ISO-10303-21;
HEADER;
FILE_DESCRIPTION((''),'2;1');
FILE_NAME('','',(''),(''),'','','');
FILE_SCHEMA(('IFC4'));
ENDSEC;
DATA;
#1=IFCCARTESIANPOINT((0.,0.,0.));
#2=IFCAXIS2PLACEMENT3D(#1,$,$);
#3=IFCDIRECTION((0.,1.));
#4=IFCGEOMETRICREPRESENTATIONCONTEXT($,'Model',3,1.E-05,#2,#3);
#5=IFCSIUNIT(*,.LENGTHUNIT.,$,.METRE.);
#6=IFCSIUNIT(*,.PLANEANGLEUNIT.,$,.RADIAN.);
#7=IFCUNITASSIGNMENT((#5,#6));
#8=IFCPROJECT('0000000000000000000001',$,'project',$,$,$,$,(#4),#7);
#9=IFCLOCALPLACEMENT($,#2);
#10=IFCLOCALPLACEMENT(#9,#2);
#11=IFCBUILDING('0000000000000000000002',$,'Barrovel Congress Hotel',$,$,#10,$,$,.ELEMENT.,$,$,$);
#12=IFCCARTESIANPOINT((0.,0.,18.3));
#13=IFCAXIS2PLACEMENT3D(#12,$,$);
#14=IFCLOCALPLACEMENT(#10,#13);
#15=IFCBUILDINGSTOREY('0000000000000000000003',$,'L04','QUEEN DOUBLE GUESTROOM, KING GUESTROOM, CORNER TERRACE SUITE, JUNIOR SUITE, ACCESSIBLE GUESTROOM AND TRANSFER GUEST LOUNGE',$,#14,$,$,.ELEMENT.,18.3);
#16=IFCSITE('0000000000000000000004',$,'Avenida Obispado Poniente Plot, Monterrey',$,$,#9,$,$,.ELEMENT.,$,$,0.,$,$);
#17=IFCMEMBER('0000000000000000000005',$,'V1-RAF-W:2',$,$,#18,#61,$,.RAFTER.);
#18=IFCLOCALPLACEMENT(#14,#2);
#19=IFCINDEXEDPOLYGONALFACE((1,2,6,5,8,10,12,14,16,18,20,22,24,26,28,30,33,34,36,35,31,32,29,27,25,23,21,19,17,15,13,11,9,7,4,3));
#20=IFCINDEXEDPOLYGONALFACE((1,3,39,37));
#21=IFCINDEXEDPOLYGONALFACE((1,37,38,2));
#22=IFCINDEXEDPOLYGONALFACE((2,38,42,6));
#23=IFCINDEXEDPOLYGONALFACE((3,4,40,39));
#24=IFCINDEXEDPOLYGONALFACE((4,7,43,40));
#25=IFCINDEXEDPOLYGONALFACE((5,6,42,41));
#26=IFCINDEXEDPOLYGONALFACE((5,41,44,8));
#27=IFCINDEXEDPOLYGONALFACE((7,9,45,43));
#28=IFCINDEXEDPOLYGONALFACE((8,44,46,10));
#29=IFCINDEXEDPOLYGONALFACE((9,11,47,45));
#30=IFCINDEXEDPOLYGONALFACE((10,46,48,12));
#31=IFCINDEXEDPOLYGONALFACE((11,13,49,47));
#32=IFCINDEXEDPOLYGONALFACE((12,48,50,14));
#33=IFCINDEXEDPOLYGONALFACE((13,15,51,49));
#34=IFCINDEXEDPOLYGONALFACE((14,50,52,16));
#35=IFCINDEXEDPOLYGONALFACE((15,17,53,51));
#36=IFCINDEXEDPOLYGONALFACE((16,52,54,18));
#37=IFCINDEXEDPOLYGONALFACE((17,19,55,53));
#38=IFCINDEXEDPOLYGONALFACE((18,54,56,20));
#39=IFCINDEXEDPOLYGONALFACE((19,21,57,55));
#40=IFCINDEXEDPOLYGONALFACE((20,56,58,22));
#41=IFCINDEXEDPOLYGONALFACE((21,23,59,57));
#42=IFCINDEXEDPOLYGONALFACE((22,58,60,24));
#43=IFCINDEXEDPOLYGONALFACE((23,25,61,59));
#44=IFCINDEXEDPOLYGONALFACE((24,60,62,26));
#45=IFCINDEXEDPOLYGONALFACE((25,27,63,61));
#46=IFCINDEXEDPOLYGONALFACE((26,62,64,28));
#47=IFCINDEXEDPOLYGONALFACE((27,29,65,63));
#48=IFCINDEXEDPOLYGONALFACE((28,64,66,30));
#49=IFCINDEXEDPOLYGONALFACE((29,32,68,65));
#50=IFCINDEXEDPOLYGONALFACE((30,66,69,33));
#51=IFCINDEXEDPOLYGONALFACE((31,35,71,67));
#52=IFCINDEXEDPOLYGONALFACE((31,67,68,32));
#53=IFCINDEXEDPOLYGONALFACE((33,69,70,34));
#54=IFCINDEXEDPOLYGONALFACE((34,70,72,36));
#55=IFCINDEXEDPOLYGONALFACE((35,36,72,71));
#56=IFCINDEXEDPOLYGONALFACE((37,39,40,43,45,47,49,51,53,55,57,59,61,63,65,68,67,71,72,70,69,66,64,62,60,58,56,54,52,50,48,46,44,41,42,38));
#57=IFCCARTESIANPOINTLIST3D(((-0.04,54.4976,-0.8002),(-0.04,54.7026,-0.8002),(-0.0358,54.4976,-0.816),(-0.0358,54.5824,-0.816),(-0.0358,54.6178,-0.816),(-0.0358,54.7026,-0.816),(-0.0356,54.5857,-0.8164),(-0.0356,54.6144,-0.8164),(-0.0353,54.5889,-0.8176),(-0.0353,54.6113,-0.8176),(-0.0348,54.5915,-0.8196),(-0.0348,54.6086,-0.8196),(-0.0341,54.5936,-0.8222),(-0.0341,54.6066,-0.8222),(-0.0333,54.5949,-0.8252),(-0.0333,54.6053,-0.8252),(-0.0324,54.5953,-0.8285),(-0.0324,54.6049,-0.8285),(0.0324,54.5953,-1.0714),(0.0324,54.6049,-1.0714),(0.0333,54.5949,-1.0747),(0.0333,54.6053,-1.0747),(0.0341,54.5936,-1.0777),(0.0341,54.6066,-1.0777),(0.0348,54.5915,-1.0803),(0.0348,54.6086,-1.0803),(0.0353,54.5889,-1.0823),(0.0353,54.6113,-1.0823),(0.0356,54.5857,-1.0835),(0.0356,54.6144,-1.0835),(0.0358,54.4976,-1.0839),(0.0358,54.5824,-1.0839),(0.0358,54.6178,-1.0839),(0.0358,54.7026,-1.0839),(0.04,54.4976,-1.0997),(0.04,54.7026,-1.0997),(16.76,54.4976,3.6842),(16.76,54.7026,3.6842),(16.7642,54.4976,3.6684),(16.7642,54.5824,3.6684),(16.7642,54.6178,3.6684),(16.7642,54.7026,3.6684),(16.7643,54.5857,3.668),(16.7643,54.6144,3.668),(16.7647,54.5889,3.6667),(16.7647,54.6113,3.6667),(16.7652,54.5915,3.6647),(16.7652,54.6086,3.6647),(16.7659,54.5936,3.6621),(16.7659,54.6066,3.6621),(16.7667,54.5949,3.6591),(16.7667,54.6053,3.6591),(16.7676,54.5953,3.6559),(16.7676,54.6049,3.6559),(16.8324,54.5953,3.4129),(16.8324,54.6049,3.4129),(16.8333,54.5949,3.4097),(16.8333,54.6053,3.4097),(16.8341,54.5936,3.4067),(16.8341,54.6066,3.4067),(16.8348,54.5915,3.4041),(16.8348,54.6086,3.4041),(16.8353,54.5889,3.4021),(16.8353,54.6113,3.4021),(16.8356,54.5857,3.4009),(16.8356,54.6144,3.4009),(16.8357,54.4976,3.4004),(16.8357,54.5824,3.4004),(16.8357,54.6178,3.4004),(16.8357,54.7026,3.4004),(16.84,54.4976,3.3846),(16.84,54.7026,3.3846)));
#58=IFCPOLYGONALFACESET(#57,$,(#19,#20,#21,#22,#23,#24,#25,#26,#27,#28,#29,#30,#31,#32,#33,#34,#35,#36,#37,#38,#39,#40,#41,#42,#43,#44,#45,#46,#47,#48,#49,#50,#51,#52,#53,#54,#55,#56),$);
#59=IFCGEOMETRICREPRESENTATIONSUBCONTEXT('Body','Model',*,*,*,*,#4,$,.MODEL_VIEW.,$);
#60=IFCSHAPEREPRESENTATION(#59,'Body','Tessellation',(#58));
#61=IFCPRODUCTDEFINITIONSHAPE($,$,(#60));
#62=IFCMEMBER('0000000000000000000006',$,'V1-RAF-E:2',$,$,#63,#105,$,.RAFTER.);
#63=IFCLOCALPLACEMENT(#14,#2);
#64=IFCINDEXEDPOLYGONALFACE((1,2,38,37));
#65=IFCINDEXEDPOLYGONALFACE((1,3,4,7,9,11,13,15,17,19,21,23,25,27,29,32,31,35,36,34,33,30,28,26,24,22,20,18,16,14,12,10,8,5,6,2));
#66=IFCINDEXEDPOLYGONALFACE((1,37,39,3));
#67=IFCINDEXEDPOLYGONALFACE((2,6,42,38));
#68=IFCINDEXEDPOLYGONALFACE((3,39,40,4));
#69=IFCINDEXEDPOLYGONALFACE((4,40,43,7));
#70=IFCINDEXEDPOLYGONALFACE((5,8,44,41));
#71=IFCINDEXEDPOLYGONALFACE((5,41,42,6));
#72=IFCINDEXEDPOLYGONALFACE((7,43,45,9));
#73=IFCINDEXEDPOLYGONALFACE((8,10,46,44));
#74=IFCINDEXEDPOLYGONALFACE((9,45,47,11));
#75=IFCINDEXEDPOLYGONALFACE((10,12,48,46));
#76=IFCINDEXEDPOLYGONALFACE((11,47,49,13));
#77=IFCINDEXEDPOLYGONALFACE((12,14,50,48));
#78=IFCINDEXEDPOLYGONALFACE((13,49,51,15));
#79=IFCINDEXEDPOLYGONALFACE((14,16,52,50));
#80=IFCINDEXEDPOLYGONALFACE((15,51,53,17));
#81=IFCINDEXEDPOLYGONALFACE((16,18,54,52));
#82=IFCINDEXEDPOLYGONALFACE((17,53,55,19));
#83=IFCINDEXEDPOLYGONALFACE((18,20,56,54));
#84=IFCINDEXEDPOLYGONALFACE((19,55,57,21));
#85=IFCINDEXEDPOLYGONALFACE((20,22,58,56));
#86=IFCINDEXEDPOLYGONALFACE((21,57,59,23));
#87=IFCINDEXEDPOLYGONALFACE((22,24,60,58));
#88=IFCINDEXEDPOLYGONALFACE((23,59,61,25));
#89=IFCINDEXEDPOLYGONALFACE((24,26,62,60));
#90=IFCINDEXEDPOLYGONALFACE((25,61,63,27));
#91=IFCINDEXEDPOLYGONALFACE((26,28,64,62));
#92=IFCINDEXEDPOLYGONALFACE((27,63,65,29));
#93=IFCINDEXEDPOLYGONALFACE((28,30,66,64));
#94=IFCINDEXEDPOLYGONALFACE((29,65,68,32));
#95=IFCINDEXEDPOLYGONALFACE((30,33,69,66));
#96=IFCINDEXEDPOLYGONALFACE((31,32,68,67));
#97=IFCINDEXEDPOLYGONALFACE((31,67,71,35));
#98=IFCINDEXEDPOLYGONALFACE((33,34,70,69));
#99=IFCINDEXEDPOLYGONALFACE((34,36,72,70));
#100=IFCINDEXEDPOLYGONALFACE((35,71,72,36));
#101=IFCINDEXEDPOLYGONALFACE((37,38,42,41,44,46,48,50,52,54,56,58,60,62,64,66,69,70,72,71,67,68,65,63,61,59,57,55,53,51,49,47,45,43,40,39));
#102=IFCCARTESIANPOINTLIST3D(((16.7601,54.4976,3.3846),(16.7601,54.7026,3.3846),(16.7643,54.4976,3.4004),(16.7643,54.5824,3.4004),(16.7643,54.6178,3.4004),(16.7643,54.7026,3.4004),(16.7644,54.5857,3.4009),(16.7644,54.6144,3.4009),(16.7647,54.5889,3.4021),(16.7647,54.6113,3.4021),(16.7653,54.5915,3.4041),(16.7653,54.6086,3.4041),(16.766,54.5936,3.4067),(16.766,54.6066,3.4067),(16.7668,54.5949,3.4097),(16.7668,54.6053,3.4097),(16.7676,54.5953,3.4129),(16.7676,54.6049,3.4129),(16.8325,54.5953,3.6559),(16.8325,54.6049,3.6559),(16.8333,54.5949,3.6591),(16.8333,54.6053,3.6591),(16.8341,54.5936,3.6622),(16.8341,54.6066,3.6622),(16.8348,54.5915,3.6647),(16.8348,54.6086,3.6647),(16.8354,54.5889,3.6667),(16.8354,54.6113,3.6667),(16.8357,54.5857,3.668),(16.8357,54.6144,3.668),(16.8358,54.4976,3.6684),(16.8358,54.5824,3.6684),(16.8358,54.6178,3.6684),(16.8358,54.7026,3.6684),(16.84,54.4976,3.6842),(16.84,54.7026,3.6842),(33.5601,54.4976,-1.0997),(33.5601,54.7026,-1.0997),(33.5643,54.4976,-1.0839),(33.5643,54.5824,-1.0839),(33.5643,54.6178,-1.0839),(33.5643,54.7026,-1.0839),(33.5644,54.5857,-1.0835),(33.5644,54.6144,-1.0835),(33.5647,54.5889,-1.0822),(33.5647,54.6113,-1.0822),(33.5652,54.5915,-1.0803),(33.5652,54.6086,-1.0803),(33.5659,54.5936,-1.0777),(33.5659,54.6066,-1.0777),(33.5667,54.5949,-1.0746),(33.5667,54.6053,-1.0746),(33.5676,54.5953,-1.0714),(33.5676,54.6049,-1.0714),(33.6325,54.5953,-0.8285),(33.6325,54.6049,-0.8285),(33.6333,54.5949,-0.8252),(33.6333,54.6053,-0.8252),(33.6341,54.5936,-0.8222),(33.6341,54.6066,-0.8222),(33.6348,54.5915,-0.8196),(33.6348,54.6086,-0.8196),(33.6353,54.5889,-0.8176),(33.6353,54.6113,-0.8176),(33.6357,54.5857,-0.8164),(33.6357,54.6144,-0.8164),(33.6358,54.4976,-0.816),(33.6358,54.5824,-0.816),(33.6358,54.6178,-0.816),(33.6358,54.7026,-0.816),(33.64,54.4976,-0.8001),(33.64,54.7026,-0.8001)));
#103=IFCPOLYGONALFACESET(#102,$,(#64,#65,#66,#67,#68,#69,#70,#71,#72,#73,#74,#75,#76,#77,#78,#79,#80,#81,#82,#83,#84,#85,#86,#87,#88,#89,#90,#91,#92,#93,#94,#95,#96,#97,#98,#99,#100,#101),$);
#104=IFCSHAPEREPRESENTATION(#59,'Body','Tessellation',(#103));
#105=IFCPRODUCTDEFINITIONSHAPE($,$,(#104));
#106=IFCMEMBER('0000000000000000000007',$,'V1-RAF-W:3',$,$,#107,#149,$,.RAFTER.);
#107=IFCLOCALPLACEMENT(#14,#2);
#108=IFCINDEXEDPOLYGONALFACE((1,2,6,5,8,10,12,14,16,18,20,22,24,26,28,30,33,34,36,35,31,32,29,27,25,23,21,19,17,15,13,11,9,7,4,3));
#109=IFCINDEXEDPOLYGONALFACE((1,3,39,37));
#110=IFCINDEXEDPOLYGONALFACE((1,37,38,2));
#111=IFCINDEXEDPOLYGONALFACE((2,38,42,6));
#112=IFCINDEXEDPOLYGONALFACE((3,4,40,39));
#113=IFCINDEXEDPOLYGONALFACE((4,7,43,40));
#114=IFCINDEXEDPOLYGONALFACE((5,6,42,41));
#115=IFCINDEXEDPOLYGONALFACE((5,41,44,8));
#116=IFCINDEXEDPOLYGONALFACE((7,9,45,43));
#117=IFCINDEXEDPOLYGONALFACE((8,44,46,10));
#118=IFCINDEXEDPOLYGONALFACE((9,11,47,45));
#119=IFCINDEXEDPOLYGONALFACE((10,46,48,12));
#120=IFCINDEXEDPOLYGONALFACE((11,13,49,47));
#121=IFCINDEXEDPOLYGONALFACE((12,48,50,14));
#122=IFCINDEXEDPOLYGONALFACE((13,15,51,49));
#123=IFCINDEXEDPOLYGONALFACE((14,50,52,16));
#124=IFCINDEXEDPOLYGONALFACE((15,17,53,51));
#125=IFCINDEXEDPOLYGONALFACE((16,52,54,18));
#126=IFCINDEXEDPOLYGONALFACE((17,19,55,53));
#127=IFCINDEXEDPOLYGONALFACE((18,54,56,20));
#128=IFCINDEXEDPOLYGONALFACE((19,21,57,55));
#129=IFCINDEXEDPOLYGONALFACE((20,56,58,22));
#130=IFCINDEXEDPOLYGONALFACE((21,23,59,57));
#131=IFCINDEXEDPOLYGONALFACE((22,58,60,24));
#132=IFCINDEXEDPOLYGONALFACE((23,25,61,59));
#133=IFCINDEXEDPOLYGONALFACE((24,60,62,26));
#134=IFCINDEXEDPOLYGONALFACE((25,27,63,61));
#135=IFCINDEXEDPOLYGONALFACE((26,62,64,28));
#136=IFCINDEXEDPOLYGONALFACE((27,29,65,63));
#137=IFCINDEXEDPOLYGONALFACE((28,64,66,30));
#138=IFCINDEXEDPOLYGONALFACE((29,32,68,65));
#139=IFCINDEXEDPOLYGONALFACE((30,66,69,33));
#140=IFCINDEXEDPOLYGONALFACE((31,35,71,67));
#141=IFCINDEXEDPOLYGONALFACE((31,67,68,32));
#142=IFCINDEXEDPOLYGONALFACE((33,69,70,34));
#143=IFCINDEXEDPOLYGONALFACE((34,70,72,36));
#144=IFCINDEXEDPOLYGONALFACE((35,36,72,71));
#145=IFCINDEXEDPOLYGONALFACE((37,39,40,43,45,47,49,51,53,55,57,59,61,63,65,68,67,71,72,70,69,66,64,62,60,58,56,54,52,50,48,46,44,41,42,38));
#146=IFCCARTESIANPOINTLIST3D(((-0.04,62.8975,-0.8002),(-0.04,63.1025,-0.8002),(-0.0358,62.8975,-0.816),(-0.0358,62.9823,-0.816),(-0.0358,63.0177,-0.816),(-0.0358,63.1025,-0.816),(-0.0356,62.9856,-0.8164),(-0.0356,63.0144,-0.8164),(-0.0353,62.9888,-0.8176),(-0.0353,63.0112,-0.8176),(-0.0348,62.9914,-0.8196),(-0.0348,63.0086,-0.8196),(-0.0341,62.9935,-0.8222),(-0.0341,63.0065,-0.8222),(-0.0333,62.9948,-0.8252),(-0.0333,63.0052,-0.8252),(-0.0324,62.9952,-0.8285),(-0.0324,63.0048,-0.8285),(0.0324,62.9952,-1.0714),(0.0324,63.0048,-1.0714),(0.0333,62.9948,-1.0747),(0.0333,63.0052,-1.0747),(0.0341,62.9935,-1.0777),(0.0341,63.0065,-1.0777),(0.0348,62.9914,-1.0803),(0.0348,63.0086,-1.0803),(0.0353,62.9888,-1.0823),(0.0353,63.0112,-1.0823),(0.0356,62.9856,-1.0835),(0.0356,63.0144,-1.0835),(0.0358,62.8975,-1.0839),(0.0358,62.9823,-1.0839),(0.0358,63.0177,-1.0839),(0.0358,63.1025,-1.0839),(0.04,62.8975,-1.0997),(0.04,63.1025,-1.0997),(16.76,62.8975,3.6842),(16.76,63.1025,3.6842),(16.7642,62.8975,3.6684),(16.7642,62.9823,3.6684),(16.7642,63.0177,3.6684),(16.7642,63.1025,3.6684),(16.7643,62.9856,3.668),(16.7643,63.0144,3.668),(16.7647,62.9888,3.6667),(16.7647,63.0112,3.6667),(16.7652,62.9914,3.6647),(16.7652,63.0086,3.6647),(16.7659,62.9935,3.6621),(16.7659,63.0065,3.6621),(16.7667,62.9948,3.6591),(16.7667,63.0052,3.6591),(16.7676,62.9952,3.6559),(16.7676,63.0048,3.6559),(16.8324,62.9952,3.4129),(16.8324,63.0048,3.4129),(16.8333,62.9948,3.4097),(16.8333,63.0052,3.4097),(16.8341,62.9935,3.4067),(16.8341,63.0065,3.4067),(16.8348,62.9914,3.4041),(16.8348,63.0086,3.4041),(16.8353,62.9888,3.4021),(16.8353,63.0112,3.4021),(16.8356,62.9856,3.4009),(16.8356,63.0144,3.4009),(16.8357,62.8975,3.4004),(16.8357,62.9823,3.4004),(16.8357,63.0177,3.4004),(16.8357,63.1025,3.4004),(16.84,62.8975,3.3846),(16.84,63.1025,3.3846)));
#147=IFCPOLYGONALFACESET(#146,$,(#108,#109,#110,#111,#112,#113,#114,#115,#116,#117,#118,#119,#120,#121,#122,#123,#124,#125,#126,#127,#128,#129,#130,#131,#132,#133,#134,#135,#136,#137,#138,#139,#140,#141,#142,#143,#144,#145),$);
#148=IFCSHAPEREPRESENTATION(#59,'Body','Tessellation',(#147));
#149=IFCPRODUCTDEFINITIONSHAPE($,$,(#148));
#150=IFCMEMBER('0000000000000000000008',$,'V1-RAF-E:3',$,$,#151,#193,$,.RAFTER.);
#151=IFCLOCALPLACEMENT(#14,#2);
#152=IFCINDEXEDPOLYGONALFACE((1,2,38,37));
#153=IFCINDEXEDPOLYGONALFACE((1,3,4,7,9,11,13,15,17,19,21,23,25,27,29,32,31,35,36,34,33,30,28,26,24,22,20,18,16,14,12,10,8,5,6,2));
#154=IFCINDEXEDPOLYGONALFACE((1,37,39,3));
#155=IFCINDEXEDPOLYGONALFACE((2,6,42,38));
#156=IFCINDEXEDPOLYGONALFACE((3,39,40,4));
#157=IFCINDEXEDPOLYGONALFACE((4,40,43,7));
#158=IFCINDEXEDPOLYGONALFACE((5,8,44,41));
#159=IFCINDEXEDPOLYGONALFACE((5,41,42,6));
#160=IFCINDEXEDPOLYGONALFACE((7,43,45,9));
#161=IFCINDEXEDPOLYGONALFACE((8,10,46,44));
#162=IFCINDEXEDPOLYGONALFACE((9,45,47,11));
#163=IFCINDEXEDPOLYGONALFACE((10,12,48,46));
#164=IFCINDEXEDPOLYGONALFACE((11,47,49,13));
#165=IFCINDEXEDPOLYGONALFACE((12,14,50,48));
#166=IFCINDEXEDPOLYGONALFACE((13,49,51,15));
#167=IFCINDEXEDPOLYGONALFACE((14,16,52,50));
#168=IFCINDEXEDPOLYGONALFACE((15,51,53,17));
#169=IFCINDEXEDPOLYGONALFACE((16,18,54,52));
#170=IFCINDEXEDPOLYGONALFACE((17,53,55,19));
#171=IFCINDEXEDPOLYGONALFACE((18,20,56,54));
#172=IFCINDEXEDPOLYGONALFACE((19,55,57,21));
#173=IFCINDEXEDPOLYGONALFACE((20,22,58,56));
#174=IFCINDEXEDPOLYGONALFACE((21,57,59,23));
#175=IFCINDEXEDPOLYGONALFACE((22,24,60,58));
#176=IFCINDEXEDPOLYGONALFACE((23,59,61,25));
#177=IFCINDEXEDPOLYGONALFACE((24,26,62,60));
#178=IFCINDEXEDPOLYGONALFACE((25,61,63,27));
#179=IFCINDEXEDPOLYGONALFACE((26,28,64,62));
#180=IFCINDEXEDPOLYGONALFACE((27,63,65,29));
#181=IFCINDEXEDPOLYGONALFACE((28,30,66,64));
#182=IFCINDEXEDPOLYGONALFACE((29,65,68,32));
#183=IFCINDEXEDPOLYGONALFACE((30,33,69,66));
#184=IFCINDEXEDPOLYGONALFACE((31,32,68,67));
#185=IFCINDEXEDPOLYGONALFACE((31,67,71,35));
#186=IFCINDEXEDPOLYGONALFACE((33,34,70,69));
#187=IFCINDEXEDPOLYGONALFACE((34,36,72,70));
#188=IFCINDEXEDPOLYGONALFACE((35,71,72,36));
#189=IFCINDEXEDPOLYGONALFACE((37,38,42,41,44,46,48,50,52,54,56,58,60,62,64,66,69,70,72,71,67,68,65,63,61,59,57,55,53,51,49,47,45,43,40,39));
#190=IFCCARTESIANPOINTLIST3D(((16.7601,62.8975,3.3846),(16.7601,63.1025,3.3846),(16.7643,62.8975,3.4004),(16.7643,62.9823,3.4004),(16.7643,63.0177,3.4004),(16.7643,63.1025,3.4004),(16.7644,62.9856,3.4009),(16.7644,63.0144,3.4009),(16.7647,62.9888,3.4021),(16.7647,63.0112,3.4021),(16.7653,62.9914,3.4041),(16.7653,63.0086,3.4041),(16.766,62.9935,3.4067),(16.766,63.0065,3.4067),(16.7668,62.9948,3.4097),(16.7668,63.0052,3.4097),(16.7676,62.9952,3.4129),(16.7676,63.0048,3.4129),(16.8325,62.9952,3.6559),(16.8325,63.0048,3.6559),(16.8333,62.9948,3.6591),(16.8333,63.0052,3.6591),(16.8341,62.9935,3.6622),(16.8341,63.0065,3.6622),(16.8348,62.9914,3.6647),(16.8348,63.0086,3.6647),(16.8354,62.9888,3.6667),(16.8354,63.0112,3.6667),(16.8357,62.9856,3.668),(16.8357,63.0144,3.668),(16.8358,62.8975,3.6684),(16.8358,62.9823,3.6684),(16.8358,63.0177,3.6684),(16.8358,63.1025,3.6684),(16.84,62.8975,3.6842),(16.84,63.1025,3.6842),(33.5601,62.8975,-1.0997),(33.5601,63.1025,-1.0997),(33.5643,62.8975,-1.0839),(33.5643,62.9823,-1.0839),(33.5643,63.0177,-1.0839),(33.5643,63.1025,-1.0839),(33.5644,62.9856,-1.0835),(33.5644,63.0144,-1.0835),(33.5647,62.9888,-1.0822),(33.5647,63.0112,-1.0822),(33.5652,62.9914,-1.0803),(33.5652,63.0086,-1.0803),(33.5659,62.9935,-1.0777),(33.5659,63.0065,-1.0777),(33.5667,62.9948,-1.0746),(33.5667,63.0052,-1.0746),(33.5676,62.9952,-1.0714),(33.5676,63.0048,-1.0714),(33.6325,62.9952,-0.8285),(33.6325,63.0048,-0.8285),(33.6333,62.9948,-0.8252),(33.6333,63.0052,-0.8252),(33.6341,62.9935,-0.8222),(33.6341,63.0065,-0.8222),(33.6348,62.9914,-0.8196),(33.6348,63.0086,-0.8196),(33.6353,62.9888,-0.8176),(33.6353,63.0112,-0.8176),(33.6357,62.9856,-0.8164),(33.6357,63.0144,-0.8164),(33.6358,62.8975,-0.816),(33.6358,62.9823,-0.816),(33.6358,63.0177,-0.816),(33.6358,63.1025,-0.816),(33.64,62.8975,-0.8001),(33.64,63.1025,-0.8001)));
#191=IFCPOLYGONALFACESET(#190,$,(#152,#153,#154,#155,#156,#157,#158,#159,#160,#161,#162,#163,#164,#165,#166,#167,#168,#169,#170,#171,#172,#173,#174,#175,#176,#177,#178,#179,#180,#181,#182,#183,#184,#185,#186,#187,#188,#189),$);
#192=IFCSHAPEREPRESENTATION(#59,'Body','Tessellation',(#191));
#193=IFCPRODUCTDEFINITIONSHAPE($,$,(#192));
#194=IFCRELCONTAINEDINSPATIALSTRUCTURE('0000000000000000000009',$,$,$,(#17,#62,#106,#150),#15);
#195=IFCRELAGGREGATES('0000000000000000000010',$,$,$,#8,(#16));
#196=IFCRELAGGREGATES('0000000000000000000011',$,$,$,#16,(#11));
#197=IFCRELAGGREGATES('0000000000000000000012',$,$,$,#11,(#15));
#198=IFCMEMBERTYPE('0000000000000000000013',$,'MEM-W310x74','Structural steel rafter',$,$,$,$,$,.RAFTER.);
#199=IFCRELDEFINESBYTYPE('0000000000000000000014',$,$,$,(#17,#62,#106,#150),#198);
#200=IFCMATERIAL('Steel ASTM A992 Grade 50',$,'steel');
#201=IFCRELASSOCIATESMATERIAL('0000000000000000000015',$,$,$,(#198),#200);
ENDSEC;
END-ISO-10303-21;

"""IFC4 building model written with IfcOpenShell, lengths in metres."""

from ifc_helpers import new_model, si_unit, direction, frame, origin, origin_2d, place, context, subcontext, project, spatial, i_section, extrude, material, material_profile, profile_set, type_object, element, save


model = new_model("IFC4")

# Units and contexts
model_context = context("Model", 3, precision=1e-05, world=origin(), true_north=direction((0.0, 1.0)))
body_context = subcontext(model_context, "Body", "Model", "MODEL_VIEW")
ifc_project = project(units=[si_unit("LENGTHUNIT", "METRE"), si_unit("PLANEANGLEUNIT", "RADIAN")], contexts=[model_context])

# Site, building, storey
site_placement = place(None, origin())
site = spatial("IfcSite", under=ifc_project, at=site_placement, Name="Avenida Obispado Poniente Plot, Monterrey", CompositionType="ELEMENT", RefElevation=0.0)
building_placement = place(site_placement, origin())
building = spatial("IfcBuilding", under=site, at=building_placement, Name="Barrovel Congress Hotel", CompositionType="ELEMENT")
storey_placement = place(building_placement, frame((0.0, 0.0, 18.3)))
storey = spatial("IfcBuildingStorey", under=building, at=storey_placement, Name="L04", Description="QUEEN DOUBLE GUESTROOM, KING GUESTROOM, CORNER TERRACE SUITE, JUNIOR SUITE, ACCESSIBLE GUESTROOM AND TRANSFER GUEST LOUNGE", CompositionType="ELEMENT", Elevation=18.3)

# Members
ifc_material_1 = material(Name="Steel ASTM A992 Grade 50", Category="steel")
ifc_material_profile_1 = material_profile(ifc_material_1, i_section(OverallWidth=0.2051, OverallDepth=0.3101, WebThickness=0.0095, FlangeThickness=0.0164, FilletRadius=0.0129, at=origin_2d()), Name="W310x74")
ifc_profile_set_1 = profile_set([ifc_material_profile_1], Name="Steel ASTM A992 Grade 50")
member_type_1 = type_object("IfcMemberType", Name="MEM-W310x74", Description="Structural steel rafter", PredefinedType="RAFTER", material=ifc_profile_set_1)
for number, where, z_axis, x_axis, name in (
    (1, (0.0, 54.6001, -0.95), (0.966172, 0.0, 0.257897), (0.0, 1.0, 0.0), "V1-RAF-W:2"),
    (2, (16.8, 54.6001, 3.5344), (0.966172, 0.0, -0.257897), (0.0, 1.0, 0.0), "V1-RAF-E:2"),
    (3, (0.0, 63.0, -0.95), (0.966172, 0.0, 0.257897), (0.0, 1.0, 0.0), "V1-RAF-W:3"),
    (4, (16.8, 63.0, 3.5344), (0.966172, 0.0, -0.257897), (0.0, 1.0, 0.0), "V1-RAF-E:3"),
):
    element("IfcMember", number, at=place(storey_placement, frame(where, z_axis=z_axis, x_axis=x_axis)), inside=storey, type_object=member_type_1, Name=name, PredefinedType="RAFTER", context=body_context, shape_type="SweptSolid", body=[
        extrude(i_section(OverallWidth=0.2051, OverallDepth=0.3101, WebThickness=0.0095, FlangeThickness=0.0164, FilletRadius=0.0129, at=origin_2d()), origin(), (0.0, 0.0, 1.0), 17.3882),
    ])

save(model, "model.ifc")
